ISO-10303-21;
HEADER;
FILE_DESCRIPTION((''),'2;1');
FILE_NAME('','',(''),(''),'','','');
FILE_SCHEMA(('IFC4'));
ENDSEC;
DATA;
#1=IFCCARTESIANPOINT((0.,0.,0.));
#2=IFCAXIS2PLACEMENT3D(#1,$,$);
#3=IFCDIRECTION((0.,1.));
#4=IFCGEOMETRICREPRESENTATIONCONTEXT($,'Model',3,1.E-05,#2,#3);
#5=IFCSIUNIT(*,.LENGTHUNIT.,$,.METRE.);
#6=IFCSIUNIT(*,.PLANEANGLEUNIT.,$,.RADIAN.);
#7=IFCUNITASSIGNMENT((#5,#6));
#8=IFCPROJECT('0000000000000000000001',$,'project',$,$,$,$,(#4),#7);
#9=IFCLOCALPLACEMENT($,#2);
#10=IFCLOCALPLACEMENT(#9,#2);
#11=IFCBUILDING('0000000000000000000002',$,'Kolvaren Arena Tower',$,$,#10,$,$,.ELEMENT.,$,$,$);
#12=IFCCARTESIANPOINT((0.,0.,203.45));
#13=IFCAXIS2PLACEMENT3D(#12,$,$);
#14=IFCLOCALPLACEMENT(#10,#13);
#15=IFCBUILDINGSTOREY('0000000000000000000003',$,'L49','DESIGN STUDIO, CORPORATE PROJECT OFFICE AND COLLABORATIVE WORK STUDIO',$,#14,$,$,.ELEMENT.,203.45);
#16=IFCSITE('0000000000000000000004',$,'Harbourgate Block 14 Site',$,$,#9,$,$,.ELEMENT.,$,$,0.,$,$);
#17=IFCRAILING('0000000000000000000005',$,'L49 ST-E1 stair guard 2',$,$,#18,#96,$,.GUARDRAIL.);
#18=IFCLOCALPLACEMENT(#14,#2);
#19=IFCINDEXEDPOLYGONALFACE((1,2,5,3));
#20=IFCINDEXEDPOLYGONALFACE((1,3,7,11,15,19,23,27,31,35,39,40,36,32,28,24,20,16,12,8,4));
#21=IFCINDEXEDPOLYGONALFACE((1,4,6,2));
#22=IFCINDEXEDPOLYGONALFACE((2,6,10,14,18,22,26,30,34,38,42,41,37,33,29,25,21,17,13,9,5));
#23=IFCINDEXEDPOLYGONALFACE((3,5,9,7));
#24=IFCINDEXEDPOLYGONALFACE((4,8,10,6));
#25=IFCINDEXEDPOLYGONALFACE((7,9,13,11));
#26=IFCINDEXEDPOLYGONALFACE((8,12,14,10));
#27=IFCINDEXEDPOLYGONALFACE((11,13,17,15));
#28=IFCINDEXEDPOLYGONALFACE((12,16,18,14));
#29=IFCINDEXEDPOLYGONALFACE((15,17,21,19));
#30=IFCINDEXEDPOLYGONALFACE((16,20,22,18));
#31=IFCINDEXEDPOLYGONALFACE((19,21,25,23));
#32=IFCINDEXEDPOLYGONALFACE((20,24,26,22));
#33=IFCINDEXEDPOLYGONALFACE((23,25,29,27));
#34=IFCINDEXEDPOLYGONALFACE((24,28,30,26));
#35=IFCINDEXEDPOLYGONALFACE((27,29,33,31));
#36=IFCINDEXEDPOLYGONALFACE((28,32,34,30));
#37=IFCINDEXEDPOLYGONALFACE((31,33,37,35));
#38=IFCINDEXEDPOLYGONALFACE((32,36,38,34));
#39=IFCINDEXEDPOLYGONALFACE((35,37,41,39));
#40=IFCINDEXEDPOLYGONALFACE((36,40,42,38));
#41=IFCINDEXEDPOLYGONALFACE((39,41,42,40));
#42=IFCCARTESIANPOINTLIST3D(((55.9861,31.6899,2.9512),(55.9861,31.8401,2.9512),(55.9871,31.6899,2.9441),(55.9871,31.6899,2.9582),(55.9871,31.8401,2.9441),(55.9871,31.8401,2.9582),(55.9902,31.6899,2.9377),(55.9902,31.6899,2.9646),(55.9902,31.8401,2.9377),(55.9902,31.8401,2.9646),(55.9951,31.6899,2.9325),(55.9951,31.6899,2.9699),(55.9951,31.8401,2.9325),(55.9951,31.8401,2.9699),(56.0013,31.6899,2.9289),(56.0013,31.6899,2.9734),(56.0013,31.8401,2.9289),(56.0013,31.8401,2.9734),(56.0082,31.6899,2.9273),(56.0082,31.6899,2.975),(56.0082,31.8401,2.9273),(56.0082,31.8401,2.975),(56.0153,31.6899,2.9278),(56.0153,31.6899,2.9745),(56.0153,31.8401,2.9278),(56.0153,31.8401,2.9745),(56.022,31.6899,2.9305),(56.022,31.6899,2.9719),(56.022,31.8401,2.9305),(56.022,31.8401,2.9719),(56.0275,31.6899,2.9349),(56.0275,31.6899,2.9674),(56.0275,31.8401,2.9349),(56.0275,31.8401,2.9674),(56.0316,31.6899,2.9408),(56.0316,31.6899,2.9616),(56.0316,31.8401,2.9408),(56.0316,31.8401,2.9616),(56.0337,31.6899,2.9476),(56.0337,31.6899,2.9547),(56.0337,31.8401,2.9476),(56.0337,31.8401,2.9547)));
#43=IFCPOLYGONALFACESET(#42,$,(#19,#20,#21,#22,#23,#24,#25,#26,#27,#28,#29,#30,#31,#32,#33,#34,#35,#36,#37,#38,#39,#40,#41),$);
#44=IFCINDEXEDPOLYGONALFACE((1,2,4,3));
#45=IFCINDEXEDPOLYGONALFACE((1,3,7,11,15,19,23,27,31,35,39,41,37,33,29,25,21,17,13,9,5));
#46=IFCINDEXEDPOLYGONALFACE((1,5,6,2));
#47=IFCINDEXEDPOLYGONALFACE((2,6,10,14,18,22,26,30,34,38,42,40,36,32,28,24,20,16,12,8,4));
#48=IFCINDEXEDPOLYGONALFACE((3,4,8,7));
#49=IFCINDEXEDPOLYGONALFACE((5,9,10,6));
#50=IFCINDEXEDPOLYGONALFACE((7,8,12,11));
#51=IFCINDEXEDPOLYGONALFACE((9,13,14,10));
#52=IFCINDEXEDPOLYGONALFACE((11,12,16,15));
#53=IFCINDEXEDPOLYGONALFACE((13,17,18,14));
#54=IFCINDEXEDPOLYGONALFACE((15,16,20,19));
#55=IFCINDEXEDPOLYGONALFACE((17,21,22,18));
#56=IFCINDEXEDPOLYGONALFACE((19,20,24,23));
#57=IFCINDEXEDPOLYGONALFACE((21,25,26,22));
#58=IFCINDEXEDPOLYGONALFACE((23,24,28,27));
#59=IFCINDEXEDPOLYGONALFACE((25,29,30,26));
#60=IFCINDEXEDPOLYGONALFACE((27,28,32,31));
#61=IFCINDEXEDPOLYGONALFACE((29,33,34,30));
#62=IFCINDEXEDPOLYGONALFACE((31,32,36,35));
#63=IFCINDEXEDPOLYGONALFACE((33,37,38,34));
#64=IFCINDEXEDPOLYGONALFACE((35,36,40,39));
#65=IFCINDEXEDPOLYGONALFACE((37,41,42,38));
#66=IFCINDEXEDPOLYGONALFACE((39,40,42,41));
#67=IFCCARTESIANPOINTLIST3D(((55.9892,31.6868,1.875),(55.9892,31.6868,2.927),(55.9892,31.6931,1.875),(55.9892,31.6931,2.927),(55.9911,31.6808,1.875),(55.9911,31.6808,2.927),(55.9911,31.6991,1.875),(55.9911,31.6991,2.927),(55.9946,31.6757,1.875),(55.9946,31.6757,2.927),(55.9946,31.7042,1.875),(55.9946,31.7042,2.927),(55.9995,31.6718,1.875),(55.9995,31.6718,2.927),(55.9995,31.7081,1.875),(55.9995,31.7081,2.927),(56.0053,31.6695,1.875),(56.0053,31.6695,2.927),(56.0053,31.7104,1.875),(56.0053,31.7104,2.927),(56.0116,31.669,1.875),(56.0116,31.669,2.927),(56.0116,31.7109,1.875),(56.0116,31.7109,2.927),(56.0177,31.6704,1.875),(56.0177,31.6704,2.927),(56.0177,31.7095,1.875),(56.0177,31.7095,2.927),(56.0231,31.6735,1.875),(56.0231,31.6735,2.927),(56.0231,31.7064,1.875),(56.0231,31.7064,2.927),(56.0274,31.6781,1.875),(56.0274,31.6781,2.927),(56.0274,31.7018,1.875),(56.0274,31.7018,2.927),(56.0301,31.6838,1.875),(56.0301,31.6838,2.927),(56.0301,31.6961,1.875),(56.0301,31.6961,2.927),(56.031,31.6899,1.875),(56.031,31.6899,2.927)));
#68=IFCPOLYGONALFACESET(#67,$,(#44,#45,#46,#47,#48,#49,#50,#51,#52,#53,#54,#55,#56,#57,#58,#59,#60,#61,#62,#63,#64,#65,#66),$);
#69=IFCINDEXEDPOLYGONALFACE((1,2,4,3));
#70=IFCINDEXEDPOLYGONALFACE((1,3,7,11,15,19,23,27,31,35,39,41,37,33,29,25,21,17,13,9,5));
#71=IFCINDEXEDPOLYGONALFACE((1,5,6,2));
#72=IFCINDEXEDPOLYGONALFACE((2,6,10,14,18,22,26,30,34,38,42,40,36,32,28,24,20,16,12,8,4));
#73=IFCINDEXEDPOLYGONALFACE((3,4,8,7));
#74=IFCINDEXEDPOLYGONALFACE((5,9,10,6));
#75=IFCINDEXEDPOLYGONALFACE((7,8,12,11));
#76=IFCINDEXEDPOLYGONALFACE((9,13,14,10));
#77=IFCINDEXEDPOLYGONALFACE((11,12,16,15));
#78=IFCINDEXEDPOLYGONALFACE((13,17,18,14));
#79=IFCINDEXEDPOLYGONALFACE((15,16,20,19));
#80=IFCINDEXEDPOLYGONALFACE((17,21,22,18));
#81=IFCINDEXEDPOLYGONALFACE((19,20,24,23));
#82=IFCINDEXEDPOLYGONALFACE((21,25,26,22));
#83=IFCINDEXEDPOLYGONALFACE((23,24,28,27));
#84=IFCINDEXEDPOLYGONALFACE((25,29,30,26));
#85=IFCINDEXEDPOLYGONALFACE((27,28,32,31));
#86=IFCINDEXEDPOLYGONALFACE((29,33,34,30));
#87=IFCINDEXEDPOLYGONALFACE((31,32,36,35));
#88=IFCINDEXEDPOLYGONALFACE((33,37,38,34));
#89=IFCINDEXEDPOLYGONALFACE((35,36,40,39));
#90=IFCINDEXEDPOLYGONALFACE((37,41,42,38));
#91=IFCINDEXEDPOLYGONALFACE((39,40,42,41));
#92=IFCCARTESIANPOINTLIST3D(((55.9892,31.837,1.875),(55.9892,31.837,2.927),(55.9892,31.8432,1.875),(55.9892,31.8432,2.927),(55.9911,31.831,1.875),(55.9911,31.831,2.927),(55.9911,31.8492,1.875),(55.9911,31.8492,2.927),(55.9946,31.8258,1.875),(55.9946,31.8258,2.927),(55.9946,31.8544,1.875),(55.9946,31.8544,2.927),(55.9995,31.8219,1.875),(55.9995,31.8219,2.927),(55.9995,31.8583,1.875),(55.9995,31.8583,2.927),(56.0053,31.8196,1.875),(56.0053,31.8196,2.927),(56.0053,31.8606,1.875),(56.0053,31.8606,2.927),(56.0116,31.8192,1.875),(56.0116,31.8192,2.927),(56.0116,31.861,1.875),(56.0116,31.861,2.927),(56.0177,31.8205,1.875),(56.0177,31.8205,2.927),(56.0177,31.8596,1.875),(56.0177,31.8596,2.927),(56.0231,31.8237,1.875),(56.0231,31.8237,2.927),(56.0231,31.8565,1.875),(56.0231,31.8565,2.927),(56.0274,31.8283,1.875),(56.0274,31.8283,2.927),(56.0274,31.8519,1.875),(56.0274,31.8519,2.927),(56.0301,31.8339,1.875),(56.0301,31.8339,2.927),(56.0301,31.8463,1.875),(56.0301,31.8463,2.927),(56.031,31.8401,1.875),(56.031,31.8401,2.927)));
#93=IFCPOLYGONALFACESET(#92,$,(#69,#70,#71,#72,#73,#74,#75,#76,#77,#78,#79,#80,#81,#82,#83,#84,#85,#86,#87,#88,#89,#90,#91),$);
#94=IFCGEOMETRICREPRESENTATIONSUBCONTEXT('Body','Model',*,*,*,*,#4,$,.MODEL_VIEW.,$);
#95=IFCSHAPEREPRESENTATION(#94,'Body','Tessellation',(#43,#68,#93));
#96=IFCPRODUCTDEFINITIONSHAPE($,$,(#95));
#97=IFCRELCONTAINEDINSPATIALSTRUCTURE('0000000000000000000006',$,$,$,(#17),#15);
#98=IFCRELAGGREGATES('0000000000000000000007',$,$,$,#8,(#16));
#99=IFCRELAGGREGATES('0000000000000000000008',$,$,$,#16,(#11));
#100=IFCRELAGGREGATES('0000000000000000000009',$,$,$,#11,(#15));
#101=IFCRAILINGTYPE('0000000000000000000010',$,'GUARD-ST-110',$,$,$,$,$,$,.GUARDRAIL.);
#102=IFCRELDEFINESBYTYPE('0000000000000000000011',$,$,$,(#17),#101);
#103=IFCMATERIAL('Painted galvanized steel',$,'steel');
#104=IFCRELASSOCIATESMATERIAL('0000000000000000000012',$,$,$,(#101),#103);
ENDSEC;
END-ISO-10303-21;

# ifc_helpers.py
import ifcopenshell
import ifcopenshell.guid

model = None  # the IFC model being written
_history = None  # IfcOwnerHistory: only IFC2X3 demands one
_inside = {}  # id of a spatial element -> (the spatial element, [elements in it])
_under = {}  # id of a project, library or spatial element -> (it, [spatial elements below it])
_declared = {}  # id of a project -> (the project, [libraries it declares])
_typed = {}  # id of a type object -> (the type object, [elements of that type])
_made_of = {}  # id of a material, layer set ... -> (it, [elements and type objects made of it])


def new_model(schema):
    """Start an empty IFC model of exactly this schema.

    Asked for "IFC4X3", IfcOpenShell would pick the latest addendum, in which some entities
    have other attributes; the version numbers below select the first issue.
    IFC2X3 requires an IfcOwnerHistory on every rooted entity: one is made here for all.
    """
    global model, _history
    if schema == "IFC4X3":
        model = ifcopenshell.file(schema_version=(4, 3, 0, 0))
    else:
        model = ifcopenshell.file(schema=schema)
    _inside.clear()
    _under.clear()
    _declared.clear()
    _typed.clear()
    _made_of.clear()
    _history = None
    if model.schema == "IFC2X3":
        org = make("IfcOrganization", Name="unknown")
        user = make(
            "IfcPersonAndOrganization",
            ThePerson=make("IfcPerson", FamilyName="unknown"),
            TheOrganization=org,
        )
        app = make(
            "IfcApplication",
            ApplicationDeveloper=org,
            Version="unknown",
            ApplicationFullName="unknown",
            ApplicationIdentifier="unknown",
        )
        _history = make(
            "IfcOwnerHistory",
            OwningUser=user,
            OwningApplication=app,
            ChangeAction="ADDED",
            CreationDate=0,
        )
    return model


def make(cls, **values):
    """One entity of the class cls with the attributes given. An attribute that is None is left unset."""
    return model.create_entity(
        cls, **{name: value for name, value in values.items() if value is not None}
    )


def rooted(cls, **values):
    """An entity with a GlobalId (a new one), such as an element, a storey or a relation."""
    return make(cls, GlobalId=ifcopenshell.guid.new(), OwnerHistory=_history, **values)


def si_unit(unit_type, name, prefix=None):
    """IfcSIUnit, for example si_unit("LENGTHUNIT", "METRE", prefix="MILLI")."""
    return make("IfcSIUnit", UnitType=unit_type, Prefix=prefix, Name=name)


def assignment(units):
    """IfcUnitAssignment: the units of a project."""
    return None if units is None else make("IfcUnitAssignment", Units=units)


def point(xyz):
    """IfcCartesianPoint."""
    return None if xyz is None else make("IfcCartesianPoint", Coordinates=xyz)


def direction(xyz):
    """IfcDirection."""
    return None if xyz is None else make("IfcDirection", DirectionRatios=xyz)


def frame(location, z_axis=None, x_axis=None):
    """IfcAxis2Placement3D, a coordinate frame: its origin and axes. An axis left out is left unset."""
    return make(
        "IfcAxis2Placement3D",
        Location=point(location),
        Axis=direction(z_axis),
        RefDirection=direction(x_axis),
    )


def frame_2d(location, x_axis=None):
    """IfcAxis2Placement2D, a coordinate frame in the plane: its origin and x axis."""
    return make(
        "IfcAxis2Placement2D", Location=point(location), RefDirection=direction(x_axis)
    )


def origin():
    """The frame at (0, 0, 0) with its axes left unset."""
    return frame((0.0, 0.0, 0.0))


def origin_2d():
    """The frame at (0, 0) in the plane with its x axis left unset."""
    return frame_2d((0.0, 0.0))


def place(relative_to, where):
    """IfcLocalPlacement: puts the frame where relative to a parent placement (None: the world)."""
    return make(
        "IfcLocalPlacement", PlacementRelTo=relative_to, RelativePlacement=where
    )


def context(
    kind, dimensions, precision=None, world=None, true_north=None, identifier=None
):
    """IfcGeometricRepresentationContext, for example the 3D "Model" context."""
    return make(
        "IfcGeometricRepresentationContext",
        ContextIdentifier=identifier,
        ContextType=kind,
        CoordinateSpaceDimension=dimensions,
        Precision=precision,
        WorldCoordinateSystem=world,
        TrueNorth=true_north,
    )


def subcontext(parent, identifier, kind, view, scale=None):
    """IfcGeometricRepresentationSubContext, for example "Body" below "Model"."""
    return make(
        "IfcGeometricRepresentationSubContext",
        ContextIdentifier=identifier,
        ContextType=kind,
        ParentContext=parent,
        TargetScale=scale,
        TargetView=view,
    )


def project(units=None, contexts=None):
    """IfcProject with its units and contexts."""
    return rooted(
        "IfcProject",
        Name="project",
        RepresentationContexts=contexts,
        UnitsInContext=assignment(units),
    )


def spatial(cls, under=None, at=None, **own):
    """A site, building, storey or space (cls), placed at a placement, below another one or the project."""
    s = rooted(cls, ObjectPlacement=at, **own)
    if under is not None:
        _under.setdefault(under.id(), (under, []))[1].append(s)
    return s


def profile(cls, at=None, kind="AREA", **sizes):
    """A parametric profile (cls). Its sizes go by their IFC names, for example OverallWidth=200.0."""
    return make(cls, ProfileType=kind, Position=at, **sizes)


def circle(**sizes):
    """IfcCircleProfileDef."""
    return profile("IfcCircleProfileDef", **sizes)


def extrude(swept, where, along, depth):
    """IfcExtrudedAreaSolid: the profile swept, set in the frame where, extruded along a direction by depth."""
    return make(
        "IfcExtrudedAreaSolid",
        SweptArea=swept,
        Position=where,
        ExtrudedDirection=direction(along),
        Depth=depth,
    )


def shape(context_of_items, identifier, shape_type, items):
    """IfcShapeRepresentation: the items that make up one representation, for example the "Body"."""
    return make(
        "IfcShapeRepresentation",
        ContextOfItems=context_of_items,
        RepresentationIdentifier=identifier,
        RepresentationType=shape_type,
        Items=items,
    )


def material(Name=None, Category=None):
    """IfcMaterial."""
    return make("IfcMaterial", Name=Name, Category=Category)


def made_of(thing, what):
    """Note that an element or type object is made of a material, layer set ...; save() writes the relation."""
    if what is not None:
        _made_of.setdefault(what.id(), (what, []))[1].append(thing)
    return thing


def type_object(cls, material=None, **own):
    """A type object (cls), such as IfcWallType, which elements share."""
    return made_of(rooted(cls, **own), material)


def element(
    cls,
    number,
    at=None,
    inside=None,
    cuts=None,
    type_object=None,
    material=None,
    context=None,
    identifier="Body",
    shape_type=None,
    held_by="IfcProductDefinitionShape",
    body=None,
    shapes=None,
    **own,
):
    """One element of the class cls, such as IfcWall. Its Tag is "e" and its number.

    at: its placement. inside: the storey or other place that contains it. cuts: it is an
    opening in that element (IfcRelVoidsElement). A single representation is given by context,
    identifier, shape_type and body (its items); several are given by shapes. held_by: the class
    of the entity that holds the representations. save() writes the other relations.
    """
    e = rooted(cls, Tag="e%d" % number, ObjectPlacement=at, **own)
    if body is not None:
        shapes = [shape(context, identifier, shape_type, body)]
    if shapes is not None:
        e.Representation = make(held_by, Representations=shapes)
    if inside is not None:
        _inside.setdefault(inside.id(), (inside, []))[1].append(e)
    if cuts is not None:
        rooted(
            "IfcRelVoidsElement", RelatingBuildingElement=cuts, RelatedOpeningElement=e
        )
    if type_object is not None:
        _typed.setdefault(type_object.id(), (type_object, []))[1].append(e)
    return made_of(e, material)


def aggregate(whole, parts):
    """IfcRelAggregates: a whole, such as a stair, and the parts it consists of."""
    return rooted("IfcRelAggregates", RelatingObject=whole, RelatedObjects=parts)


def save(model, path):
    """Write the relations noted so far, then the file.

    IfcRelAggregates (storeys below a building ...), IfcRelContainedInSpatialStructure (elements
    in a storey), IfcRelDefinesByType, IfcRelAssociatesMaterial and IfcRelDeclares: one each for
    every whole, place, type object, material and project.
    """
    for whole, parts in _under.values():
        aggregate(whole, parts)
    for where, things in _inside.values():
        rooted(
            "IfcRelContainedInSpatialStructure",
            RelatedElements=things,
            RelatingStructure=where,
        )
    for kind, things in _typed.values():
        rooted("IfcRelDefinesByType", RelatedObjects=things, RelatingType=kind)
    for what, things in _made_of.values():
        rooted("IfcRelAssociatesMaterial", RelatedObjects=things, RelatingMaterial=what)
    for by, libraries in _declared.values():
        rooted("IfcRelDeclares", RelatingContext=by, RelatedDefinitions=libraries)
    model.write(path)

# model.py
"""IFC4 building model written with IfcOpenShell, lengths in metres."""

from ifc_helpers import new_model, si_unit, direction, frame, origin, origin_2d, place, context, subcontext, project, spatial, circle, extrude, material, type_object, element, save


model = new_model("IFC4")

# Units and contexts
model_context = context("Model", 3, precision=1e-05, world=origin(), true_north=direction((0.0, 1.0)))
body_context = subcontext(model_context, "Body", "Model", "MODEL_VIEW")
ifc_project = project(units=[si_unit("LENGTHUNIT", "METRE"), si_unit("PLANEANGLEUNIT", "RADIAN")], contexts=[model_context])

# Site, building, storey
site_placement = place(None, origin())
site = spatial("IfcSite", under=ifc_project, at=site_placement, Name="Harbourgate Block 14 Site", CompositionType="ELEMENT", RefElevation=0.0)
building_placement = place(site_placement, origin())
building = spatial("IfcBuilding", under=site, at=building_placement, Name="Kolvaren Arena Tower", CompositionType="ELEMENT")
storey_placement = place(building_placement, frame((0.0, 0.0, 203.45)))
storey = spatial("IfcBuildingStorey", under=building, at=storey_placement, Name="L49", Description="DESIGN STUDIO, CORPORATE PROJECT OFFICE AND COLLABORATIVE WORK STUDIO", CompositionType="ELEMENT", Elevation=203.45)

# Railing
ifc_material_1 = material(Name="Painted galvanized steel", Category="steel")
railing_type_1 = type_object("IfcRailingType", Name="GUARD-ST-110", PredefinedType="GUARDRAIL", material=ifc_material_1)
railing_1_placement = place(storey_placement, frame((56.01, 31.6899, 1.875)))
element("IfcRailing", 1, at=railing_1_placement, inside=storey, type_object=railing_type_1, Name="L49 ST-E1 stair guard 2", PredefinedType="GUARDRAIL", context=body_context, shape_type="SweptSolid", body=[
    extrude(circle(Radius=0.0239, at=origin_2d()), frame((0.0, 0.0, 1.0762), z_axis=(0.0, 1.0, 0.0), x_axis=(-1.0, 0.0, 0.0)), (0.0, 0.0, 1.0), 0.1501),
    extrude(circle(Radius=0.021, at=origin_2d()), origin(), (0.0, 0.0, 1.0), 1.052),
    extrude(circle(Radius=0.021, at=origin_2d()), frame((0.0, 0.1501, 0.0)), (0.0, 0.0, 1.0), 1.052),
])

save(model, "model.ifc")
